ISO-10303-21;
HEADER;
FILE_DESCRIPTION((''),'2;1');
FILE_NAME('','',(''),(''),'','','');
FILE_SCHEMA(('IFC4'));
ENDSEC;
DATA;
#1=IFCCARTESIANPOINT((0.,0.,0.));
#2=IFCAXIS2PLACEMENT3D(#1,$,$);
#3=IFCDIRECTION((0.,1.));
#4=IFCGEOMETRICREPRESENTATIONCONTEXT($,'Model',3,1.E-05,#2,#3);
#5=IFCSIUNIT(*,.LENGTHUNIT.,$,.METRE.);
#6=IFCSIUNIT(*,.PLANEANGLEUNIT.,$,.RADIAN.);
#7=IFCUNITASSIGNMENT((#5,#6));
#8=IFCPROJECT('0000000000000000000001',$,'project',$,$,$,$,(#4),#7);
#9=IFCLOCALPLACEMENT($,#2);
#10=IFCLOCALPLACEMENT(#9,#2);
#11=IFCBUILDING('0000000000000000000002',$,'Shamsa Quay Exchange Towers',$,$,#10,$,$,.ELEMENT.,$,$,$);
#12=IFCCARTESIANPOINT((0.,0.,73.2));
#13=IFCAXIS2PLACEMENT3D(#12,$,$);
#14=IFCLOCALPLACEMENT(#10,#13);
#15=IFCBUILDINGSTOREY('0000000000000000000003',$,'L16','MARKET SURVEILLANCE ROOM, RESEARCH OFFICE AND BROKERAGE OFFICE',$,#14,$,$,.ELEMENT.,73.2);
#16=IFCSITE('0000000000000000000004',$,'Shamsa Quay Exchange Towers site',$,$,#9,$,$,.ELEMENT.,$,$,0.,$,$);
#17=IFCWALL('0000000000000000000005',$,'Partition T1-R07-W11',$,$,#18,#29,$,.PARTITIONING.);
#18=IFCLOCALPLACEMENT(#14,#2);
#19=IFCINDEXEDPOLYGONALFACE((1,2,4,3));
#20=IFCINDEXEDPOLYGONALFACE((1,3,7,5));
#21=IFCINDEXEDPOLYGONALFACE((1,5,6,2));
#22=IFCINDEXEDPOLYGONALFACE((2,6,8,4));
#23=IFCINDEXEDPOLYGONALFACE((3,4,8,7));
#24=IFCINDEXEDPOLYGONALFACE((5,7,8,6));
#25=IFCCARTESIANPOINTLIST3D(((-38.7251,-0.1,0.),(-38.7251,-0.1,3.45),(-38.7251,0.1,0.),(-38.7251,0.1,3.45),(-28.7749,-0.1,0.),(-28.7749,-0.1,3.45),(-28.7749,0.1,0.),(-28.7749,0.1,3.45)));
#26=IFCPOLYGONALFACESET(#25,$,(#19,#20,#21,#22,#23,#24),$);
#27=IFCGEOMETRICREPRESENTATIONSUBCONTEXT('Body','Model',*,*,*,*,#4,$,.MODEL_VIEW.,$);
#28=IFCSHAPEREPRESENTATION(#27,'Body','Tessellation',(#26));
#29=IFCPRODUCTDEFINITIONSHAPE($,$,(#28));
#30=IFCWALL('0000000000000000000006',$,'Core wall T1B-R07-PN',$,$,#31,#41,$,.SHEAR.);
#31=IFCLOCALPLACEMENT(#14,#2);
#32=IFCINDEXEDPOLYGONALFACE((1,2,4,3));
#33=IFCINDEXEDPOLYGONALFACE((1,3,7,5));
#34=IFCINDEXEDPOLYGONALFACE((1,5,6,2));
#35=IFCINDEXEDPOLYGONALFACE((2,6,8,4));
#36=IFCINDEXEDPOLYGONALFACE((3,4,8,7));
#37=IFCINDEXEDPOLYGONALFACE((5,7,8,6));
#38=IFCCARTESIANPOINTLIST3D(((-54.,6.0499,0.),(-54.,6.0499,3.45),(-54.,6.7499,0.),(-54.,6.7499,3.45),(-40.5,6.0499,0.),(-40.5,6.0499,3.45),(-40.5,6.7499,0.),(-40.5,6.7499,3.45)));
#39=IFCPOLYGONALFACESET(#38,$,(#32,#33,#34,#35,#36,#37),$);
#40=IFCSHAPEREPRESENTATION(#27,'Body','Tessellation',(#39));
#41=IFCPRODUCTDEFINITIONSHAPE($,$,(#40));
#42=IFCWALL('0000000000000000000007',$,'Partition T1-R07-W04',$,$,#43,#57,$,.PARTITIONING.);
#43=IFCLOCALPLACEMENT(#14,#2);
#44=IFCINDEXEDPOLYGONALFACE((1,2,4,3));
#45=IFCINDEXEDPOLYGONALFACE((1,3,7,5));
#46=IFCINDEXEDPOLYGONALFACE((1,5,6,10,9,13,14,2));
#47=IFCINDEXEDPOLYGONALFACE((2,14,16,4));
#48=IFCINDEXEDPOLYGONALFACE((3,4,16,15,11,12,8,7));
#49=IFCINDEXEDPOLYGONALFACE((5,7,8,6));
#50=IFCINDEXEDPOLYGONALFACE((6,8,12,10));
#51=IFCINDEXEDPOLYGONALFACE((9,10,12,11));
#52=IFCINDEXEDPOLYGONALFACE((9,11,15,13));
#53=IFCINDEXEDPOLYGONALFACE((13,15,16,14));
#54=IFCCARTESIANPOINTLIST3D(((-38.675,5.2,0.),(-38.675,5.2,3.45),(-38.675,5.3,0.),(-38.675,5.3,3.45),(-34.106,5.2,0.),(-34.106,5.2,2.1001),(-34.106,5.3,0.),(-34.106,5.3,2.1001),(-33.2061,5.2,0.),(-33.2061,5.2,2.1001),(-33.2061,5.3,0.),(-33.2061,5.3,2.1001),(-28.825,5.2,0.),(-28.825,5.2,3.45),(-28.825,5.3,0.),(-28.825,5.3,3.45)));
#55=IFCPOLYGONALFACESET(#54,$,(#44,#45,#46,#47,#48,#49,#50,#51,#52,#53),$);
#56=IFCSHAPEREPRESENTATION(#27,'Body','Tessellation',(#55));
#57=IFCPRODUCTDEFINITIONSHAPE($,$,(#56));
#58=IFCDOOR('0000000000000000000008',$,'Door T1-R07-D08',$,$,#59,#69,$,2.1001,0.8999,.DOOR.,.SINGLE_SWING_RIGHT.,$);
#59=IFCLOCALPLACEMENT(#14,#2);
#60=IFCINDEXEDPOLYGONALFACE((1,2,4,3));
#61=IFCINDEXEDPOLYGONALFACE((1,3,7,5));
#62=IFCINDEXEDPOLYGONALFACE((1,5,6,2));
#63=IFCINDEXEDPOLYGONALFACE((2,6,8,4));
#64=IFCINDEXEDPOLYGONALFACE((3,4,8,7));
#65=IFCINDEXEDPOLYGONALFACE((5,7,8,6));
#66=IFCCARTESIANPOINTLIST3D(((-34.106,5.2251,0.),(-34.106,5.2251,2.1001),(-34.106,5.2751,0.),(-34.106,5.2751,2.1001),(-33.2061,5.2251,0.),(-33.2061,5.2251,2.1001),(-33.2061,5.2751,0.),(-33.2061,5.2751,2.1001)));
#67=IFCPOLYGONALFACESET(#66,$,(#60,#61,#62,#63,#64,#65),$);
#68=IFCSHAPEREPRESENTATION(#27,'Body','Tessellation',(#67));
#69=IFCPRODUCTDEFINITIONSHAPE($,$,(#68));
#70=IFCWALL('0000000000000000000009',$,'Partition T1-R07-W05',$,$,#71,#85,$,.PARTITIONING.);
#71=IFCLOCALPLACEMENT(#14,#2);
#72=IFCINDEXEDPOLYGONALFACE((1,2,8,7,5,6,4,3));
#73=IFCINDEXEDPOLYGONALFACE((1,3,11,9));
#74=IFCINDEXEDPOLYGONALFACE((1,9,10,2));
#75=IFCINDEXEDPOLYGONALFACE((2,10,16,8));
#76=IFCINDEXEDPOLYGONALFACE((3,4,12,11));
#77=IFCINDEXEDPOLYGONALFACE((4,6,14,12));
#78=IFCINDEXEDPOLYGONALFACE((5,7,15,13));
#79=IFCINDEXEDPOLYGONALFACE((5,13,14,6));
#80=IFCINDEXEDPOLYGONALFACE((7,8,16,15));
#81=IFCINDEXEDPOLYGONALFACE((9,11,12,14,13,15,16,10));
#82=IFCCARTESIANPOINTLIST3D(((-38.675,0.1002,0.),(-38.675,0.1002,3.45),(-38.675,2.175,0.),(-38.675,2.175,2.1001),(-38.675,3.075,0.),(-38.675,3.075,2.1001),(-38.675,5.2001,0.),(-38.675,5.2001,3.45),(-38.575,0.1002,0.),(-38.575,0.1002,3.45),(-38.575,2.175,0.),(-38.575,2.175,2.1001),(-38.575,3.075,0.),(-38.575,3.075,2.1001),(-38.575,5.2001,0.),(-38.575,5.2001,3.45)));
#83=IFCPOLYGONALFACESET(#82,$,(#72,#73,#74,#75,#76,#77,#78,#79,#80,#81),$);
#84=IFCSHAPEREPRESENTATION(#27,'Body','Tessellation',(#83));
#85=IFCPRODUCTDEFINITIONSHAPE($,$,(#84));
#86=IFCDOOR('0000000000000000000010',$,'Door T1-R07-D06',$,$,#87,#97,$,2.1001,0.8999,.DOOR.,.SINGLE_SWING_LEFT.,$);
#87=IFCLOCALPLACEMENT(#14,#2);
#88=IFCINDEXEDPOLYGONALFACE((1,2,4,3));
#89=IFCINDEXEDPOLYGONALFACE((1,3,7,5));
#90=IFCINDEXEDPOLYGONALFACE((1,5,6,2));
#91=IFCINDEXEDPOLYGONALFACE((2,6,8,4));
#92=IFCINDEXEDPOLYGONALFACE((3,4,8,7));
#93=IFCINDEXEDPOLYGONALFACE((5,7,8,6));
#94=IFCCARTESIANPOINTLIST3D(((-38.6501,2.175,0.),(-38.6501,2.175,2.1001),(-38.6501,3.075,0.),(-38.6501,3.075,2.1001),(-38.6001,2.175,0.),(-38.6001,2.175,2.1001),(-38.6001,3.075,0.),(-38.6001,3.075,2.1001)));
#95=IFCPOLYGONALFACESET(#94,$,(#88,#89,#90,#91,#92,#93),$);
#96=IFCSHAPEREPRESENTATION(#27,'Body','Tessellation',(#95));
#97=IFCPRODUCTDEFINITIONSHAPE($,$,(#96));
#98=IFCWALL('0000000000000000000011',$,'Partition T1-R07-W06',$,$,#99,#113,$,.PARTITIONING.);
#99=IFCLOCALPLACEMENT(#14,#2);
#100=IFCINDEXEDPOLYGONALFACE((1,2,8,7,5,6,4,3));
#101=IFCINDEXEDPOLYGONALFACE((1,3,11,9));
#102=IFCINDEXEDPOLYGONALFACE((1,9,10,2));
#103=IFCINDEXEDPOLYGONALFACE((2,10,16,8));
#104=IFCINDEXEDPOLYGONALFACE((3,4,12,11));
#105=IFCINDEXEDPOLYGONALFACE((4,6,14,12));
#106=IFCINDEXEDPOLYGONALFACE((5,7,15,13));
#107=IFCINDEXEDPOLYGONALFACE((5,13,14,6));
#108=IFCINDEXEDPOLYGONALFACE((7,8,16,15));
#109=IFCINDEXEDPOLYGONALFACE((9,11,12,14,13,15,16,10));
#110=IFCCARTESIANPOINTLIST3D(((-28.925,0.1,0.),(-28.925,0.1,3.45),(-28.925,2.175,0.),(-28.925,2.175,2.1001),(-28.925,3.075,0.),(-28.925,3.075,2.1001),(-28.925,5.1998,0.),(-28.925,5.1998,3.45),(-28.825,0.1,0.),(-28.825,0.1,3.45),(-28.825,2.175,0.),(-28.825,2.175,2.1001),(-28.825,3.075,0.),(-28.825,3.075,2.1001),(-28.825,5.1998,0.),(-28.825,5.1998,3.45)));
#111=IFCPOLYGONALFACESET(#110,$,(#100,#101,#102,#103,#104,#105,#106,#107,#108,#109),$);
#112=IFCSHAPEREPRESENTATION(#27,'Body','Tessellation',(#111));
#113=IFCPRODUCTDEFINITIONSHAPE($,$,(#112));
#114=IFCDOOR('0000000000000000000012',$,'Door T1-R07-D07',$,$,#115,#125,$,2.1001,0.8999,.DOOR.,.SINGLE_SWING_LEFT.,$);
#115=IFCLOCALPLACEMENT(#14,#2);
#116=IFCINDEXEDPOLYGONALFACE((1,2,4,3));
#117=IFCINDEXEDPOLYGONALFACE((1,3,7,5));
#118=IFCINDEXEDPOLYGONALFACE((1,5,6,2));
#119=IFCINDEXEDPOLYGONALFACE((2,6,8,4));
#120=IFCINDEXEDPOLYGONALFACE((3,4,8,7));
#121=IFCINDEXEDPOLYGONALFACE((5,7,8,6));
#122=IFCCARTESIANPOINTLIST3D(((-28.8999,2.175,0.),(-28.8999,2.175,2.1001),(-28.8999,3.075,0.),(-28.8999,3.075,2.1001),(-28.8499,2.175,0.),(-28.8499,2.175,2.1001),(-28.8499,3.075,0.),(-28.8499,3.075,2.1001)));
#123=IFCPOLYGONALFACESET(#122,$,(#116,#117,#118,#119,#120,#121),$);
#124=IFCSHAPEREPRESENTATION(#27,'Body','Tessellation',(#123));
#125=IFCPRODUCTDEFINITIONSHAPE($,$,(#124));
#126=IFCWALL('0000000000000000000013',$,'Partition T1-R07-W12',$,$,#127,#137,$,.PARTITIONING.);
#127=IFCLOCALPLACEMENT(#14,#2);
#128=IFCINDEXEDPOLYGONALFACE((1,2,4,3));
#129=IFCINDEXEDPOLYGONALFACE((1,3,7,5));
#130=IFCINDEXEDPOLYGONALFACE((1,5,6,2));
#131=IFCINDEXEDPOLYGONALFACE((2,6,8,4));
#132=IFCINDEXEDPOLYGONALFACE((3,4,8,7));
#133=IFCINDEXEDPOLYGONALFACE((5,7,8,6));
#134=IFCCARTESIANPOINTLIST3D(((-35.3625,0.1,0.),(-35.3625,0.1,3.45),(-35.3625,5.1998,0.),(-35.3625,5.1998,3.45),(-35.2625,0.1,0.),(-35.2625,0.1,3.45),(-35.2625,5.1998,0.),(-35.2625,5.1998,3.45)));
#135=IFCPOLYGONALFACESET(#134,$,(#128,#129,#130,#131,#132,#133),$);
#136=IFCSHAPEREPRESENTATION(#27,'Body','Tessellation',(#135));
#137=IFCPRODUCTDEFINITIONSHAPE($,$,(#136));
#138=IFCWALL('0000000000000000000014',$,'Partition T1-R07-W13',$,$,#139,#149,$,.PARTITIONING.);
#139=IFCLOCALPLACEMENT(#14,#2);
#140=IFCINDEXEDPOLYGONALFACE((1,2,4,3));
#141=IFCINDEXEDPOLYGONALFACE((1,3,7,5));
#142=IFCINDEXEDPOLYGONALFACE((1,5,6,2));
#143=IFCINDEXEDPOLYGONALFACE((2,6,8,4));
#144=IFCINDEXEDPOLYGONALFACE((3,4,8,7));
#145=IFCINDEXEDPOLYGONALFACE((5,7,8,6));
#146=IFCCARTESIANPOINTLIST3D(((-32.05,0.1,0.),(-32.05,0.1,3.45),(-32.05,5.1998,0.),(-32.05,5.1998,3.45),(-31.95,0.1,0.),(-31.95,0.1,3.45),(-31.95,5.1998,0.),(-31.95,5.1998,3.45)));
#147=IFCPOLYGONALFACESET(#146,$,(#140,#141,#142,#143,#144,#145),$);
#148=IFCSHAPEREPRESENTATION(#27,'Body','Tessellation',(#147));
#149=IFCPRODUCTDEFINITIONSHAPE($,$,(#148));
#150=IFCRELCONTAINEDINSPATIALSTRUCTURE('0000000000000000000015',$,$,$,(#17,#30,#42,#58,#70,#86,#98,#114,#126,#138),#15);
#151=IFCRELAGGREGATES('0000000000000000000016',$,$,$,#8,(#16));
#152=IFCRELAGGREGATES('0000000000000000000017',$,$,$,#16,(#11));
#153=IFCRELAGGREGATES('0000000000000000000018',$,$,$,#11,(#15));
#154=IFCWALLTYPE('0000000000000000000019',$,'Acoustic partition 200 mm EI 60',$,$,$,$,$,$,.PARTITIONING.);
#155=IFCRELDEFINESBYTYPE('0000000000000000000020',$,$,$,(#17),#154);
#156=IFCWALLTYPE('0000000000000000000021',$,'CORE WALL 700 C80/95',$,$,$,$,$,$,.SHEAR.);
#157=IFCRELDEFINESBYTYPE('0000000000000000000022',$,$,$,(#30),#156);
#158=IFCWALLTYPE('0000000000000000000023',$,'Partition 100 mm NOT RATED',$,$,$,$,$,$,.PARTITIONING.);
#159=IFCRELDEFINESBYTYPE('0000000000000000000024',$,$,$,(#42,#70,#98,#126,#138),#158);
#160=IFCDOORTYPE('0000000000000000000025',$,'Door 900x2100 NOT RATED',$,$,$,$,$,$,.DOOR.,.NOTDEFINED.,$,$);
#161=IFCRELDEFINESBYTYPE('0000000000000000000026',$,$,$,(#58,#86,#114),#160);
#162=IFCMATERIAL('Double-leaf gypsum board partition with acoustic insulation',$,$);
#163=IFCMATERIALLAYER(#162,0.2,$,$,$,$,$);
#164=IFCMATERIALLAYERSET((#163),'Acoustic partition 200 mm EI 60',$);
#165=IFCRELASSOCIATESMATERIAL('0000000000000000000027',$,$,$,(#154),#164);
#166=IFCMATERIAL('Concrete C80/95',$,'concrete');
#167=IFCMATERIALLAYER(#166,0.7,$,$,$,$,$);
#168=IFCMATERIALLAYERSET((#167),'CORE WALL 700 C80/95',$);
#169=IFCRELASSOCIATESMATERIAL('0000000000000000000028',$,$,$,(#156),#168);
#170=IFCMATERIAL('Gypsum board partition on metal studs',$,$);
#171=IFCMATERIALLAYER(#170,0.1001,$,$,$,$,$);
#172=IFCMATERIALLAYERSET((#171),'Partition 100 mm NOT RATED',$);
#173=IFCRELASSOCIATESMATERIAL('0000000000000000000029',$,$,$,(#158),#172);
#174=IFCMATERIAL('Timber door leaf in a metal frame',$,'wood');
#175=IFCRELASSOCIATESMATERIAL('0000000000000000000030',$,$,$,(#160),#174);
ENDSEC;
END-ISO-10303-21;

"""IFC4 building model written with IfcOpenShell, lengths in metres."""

from ifc_helpers import new_model, si_unit, direction, frame, frame_2d, origin, place, context, subcontext, project, spatial, rectangle, extrude, material, layer, layer_set, type_object, element, fill, save


model = new_model("IFC4")

# Units and contexts
model_context = context("Model", 3, precision=1e-05, world=origin(), true_north=direction((0.0, 1.0)))
body_context = subcontext(model_context, "Body", "Model", "MODEL_VIEW")
ifc_project = project(units=[si_unit("LENGTHUNIT", "METRE"), si_unit("PLANEANGLEUNIT", "RADIAN")], contexts=[model_context])

# Site, building, storey
site_placement = place(None, origin())
site = spatial("IfcSite", under=ifc_project, at=site_placement, Name="Shamsa Quay Exchange Towers site", CompositionType="ELEMENT", RefElevation=0.0)
building_placement = place(site_placement, origin())
building = spatial("IfcBuilding", under=site, at=building_placement, Name="Shamsa Quay Exchange Towers", CompositionType="ELEMENT")
storey_placement = place(building_placement, frame((0.0, 0.0, 73.2)))
storey = spatial("IfcBuildingStorey", under=building, at=storey_placement, Name="L16", Description="MARKET SURVEILLANCE ROOM, RESEARCH OFFICE AND BROKERAGE OFFICE", CompositionType="ELEMENT", Elevation=73.2)

# Walls
ifc_material_1 = material(Name="Double-leaf gypsum board partition with acoustic insulation")
ifc_layer_1 = layer(ifc_material_1, 0.2)
ifc_layer_set_1 = layer_set([ifc_layer_1], Name="Acoustic partition 200 mm EI 60")
wall_type_1 = type_object("IfcWallType", Name="Acoustic partition 200 mm EI 60", PredefinedType="PARTITIONING", material=ifc_layer_set_1)
wall_1_placement = place(storey_placement, frame((-28.7749, 0.0, 0.0), z_axis=(0.0, 0.0, 1.0), x_axis=(-1.0, 0.0, 0.0)))
element("IfcWall", 1, at=wall_1_placement, inside=storey, type_object=wall_type_1, Name="Partition T1-R07-W11", PredefinedType="PARTITIONING", context=body_context, shape_type="SweptSolid", body=[
    extrude(rectangle(XDim=9.9502, YDim=0.2, at=frame_2d((4.9751, 0.0))), origin(), (0.0, 0.0, 1.0), 3.45),
])
ifc_material_2 = material(Name="Concrete C80/95", Category="concrete")
ifc_layer_2 = layer(ifc_material_2, 0.7)
ifc_layer_set_2 = layer_set([ifc_layer_2], Name="CORE WALL 700 C80/95")
wall_type_2 = type_object("IfcWallType", Name="CORE WALL 700 C80/95", PredefinedType="SHEAR", material=ifc_layer_set_2)
wall_2_placement = place(storey_placement, frame((-40.5, 6.3999, 0.0), z_axis=(0.0, 0.0, 1.0), x_axis=(-1.0, 0.0, 0.0)))
element("IfcWall", 2, at=wall_2_placement, inside=storey, type_object=wall_type_2, Name="Core wall T1B-R07-PN", PredefinedType="SHEAR", context=body_context, shape_type="SweptSolid", body=[
    extrude(rectangle(XDim=13.5, YDim=0.7, at=frame_2d((6.75, 0.0))), origin(), (0.0, 0.0, 1.0), 3.45),
])

# Walls, openings, doors
ifc_material_3 = material(Name="Gypsum board partition on metal studs")
ifc_layer_3 = layer(ifc_material_3, 0.1001)
ifc_layer_set_3 = layer_set([ifc_layer_3], Name="Partition 100 mm NOT RATED")
wall_type_3 = type_object("IfcWallType", Name="Partition 100 mm NOT RATED", PredefinedType="PARTITIONING", material=ifc_layer_set_3)
wall_3_placement = place(storey_placement, frame((-28.825, 5.25, 0.0), z_axis=(0.0, 0.0, 1.0), x_axis=(-1.0, 0.0, 0.0)))
wall_3 = element("IfcWall", 3, at=wall_3_placement, inside=storey, type_object=wall_type_3, Name="Partition T1-R07-W04", PredefinedType="PARTITIONING", context=body_context, shape_type="SweptSolid", body=[
    extrude(rectangle(XDim=9.8501, YDim=0.1001, at=frame_2d((4.925, 0.0))), origin(), (0.0, 0.0, 1.0), 3.45),
])
opening_1_placement = place(wall_3_placement, frame((4.3811, 0.0, 0.0)))
opening_1 = element("IfcOpeningElement", 4, at=opening_1_placement, cuts=wall_3, PredefinedType="OPENING", context=body_context, shape_type="SweptSolid", body=[
    extrude(rectangle(XDim=0.8999, YDim=2.1001, at=frame_2d((0.45, 1.05))), frame((0.0, 0.0601, 0.0), z_axis=(0.0, -1.0, 0.0), x_axis=(1.0, 0.0, 0.0)), (0.0, 0.0, 1.0), 0.1201),
])
ifc_material_4 = material(Name="Timber door leaf in a metal frame", Category="wood")
door_type_1 = type_object("IfcDoorType", Name="Door 900x2100 NOT RATED", OperationType="NOTDEFINED", PredefinedType="DOOR", material=ifc_material_4)
door_1_placement = place(opening_1_placement, origin())
door_1 = element("IfcDoor", 5, at=door_1_placement, inside=storey, type_object=door_type_1, Name="Door T1-R07-D08", OperationType="SINGLE_SWING_RIGHT", OverallHeight=2.1001, OverallWidth=0.8999, PredefinedType="DOOR", context=body_context, shape_type="SweptSolid", body=[
    extrude(rectangle(XDim=0.8999, YDim=2.1001, at=frame_2d((0.45, 1.05))), frame((0.0, 0.0249, 0.0), z_axis=(0.0, -1.0, 0.0), x_axis=(1.0, 0.0, 0.0)), (0.0, 0.0, 1.0), 0.05),
])
fill(opening_1, door_1)
wall_4_placement = place(storey_placement, frame((-38.625, 5.2, 0.0), z_axis=(0.0, 0.0, 1.0), x_axis=(0.0, -1.0, 0.0)))
wall_4 = element("IfcWall", 6, at=wall_4_placement, inside=storey, type_object=wall_type_3, Name="Partition T1-R07-W05", PredefinedType="PARTITIONING", context=body_context, shape_type="SweptSolid", body=[
    extrude(rectangle(XDim=5.0999, YDim=0.1001, at=frame_2d((2.5498, 0.0))), origin(), (0.0, 0.0, 1.0), 3.45),
])
opening_2_placement = place(wall_4_placement, frame((2.125, 0.0, 0.0)))
opening_2 = element("IfcOpeningElement", 7, at=opening_2_placement, cuts=wall_4, PredefinedType="OPENING", context=body_context, shape_type="SweptSolid", body=[
    extrude(rectangle(XDim=0.8999, YDim=2.1001, at=frame_2d((0.45, 1.05))), frame((0.0, 0.0601, 0.0), z_axis=(0.0, -1.0, 0.0), x_axis=(1.0, 0.0, 0.0)), (0.0, 0.0, 1.0), 0.1201),
])
door_2_placement = place(opening_2_placement, origin())
door_2 = element("IfcDoor", 8, at=door_2_placement, inside=storey, type_object=door_type_1, Name="Door T1-R07-D06", OperationType="SINGLE_SWING_LEFT", OverallHeight=2.1001, OverallWidth=0.8999, PredefinedType="DOOR", context=body_context, shape_type="SweptSolid", body=[
    extrude(rectangle(XDim=0.8999, YDim=2.1001, at=frame_2d((0.45, 1.05))), frame((0.0, 0.0249, 0.0), z_axis=(0.0, -1.0, 0.0), x_axis=(1.0, 0.0, 0.0)), (0.0, 0.0, 1.0), 0.05),
])
fill(opening_2, door_2)
wall_5_placement = place(storey_placement, frame((-28.875, 0.1001, 0.0), z_axis=(0.0, 0.0, 1.0), x_axis=(0.0, 1.0, 0.0)))
wall_5 = element("IfcWall", 9, at=wall_5_placement, inside=storey, type_object=wall_type_3, Name="Partition T1-R07-W06", PredefinedType="PARTITIONING", context=body_context, shape_type="SweptSolid", body=[
    extrude(rectangle(XDim=5.0999, YDim=0.1001, at=frame_2d((2.5498, 0.0))), origin(), (0.0, 0.0, 1.0), 3.45),
])
opening_3_placement = place(wall_5_placement, frame((2.075, 0.0, 0.0)))
opening_3 = element("IfcOpeningElement", 10, at=opening_3_placement, cuts=wall_5, PredefinedType="OPENING", context=body_context, shape_type="SweptSolid", body=[
    extrude(rectangle(XDim=0.8999, YDim=2.1001, at=frame_2d((0.45, 1.05))), frame((0.0, 0.0601, 0.0), z_axis=(0.0, -1.0, 0.0), x_axis=(1.0, 0.0, 0.0)), (0.0, 0.0, 1.0), 0.1201),
])
door_3_placement = place(opening_3_placement, origin())
door_3 = element("IfcDoor", 11, at=door_3_placement, inside=storey, type_object=door_type_1, Name="Door T1-R07-D07", OperationType="SINGLE_SWING_LEFT", OverallHeight=2.1001, OverallWidth=0.8999, PredefinedType="DOOR", context=body_context, shape_type="SweptSolid", body=[
    extrude(rectangle(XDim=0.8999, YDim=2.1001, at=frame_2d((0.45, 1.05))), frame((0.0, 0.0249, 0.0), z_axis=(0.0, -1.0, 0.0), x_axis=(1.0, 0.0, 0.0)), (0.0, 0.0, 1.0), 0.05),
])
fill(opening_3, door_3)

# Walls
for number, where, z_axis, x_axis, name in (
    (12, (-35.3125, 0.1001, 0.0), (0.0, 0.0, 1.0), (0.0, 1.0, 0.0), "Partition T1-R07-W12"),
    (13, (-32.0, 0.1001, 0.0), (0.0, 0.0, 1.0), (0.0, 1.0, 0.0), "Partition T1-R07-W13"),
):
    element("IfcWall", number, at=place(storey_placement, frame(where, z_axis=z_axis, x_axis=x_axis)), inside=storey, type_object=wall_type_3, Name=name, PredefinedType="PARTITIONING", context=body_context, shape_type="SweptSolid", body=[
        extrude(rectangle(XDim=5.0999, YDim=0.1001, at=frame_2d((2.5498, 0.0))), origin(), (0.0, 0.0, 1.0), 3.45),
    ])

save(model, "model.ifc")
